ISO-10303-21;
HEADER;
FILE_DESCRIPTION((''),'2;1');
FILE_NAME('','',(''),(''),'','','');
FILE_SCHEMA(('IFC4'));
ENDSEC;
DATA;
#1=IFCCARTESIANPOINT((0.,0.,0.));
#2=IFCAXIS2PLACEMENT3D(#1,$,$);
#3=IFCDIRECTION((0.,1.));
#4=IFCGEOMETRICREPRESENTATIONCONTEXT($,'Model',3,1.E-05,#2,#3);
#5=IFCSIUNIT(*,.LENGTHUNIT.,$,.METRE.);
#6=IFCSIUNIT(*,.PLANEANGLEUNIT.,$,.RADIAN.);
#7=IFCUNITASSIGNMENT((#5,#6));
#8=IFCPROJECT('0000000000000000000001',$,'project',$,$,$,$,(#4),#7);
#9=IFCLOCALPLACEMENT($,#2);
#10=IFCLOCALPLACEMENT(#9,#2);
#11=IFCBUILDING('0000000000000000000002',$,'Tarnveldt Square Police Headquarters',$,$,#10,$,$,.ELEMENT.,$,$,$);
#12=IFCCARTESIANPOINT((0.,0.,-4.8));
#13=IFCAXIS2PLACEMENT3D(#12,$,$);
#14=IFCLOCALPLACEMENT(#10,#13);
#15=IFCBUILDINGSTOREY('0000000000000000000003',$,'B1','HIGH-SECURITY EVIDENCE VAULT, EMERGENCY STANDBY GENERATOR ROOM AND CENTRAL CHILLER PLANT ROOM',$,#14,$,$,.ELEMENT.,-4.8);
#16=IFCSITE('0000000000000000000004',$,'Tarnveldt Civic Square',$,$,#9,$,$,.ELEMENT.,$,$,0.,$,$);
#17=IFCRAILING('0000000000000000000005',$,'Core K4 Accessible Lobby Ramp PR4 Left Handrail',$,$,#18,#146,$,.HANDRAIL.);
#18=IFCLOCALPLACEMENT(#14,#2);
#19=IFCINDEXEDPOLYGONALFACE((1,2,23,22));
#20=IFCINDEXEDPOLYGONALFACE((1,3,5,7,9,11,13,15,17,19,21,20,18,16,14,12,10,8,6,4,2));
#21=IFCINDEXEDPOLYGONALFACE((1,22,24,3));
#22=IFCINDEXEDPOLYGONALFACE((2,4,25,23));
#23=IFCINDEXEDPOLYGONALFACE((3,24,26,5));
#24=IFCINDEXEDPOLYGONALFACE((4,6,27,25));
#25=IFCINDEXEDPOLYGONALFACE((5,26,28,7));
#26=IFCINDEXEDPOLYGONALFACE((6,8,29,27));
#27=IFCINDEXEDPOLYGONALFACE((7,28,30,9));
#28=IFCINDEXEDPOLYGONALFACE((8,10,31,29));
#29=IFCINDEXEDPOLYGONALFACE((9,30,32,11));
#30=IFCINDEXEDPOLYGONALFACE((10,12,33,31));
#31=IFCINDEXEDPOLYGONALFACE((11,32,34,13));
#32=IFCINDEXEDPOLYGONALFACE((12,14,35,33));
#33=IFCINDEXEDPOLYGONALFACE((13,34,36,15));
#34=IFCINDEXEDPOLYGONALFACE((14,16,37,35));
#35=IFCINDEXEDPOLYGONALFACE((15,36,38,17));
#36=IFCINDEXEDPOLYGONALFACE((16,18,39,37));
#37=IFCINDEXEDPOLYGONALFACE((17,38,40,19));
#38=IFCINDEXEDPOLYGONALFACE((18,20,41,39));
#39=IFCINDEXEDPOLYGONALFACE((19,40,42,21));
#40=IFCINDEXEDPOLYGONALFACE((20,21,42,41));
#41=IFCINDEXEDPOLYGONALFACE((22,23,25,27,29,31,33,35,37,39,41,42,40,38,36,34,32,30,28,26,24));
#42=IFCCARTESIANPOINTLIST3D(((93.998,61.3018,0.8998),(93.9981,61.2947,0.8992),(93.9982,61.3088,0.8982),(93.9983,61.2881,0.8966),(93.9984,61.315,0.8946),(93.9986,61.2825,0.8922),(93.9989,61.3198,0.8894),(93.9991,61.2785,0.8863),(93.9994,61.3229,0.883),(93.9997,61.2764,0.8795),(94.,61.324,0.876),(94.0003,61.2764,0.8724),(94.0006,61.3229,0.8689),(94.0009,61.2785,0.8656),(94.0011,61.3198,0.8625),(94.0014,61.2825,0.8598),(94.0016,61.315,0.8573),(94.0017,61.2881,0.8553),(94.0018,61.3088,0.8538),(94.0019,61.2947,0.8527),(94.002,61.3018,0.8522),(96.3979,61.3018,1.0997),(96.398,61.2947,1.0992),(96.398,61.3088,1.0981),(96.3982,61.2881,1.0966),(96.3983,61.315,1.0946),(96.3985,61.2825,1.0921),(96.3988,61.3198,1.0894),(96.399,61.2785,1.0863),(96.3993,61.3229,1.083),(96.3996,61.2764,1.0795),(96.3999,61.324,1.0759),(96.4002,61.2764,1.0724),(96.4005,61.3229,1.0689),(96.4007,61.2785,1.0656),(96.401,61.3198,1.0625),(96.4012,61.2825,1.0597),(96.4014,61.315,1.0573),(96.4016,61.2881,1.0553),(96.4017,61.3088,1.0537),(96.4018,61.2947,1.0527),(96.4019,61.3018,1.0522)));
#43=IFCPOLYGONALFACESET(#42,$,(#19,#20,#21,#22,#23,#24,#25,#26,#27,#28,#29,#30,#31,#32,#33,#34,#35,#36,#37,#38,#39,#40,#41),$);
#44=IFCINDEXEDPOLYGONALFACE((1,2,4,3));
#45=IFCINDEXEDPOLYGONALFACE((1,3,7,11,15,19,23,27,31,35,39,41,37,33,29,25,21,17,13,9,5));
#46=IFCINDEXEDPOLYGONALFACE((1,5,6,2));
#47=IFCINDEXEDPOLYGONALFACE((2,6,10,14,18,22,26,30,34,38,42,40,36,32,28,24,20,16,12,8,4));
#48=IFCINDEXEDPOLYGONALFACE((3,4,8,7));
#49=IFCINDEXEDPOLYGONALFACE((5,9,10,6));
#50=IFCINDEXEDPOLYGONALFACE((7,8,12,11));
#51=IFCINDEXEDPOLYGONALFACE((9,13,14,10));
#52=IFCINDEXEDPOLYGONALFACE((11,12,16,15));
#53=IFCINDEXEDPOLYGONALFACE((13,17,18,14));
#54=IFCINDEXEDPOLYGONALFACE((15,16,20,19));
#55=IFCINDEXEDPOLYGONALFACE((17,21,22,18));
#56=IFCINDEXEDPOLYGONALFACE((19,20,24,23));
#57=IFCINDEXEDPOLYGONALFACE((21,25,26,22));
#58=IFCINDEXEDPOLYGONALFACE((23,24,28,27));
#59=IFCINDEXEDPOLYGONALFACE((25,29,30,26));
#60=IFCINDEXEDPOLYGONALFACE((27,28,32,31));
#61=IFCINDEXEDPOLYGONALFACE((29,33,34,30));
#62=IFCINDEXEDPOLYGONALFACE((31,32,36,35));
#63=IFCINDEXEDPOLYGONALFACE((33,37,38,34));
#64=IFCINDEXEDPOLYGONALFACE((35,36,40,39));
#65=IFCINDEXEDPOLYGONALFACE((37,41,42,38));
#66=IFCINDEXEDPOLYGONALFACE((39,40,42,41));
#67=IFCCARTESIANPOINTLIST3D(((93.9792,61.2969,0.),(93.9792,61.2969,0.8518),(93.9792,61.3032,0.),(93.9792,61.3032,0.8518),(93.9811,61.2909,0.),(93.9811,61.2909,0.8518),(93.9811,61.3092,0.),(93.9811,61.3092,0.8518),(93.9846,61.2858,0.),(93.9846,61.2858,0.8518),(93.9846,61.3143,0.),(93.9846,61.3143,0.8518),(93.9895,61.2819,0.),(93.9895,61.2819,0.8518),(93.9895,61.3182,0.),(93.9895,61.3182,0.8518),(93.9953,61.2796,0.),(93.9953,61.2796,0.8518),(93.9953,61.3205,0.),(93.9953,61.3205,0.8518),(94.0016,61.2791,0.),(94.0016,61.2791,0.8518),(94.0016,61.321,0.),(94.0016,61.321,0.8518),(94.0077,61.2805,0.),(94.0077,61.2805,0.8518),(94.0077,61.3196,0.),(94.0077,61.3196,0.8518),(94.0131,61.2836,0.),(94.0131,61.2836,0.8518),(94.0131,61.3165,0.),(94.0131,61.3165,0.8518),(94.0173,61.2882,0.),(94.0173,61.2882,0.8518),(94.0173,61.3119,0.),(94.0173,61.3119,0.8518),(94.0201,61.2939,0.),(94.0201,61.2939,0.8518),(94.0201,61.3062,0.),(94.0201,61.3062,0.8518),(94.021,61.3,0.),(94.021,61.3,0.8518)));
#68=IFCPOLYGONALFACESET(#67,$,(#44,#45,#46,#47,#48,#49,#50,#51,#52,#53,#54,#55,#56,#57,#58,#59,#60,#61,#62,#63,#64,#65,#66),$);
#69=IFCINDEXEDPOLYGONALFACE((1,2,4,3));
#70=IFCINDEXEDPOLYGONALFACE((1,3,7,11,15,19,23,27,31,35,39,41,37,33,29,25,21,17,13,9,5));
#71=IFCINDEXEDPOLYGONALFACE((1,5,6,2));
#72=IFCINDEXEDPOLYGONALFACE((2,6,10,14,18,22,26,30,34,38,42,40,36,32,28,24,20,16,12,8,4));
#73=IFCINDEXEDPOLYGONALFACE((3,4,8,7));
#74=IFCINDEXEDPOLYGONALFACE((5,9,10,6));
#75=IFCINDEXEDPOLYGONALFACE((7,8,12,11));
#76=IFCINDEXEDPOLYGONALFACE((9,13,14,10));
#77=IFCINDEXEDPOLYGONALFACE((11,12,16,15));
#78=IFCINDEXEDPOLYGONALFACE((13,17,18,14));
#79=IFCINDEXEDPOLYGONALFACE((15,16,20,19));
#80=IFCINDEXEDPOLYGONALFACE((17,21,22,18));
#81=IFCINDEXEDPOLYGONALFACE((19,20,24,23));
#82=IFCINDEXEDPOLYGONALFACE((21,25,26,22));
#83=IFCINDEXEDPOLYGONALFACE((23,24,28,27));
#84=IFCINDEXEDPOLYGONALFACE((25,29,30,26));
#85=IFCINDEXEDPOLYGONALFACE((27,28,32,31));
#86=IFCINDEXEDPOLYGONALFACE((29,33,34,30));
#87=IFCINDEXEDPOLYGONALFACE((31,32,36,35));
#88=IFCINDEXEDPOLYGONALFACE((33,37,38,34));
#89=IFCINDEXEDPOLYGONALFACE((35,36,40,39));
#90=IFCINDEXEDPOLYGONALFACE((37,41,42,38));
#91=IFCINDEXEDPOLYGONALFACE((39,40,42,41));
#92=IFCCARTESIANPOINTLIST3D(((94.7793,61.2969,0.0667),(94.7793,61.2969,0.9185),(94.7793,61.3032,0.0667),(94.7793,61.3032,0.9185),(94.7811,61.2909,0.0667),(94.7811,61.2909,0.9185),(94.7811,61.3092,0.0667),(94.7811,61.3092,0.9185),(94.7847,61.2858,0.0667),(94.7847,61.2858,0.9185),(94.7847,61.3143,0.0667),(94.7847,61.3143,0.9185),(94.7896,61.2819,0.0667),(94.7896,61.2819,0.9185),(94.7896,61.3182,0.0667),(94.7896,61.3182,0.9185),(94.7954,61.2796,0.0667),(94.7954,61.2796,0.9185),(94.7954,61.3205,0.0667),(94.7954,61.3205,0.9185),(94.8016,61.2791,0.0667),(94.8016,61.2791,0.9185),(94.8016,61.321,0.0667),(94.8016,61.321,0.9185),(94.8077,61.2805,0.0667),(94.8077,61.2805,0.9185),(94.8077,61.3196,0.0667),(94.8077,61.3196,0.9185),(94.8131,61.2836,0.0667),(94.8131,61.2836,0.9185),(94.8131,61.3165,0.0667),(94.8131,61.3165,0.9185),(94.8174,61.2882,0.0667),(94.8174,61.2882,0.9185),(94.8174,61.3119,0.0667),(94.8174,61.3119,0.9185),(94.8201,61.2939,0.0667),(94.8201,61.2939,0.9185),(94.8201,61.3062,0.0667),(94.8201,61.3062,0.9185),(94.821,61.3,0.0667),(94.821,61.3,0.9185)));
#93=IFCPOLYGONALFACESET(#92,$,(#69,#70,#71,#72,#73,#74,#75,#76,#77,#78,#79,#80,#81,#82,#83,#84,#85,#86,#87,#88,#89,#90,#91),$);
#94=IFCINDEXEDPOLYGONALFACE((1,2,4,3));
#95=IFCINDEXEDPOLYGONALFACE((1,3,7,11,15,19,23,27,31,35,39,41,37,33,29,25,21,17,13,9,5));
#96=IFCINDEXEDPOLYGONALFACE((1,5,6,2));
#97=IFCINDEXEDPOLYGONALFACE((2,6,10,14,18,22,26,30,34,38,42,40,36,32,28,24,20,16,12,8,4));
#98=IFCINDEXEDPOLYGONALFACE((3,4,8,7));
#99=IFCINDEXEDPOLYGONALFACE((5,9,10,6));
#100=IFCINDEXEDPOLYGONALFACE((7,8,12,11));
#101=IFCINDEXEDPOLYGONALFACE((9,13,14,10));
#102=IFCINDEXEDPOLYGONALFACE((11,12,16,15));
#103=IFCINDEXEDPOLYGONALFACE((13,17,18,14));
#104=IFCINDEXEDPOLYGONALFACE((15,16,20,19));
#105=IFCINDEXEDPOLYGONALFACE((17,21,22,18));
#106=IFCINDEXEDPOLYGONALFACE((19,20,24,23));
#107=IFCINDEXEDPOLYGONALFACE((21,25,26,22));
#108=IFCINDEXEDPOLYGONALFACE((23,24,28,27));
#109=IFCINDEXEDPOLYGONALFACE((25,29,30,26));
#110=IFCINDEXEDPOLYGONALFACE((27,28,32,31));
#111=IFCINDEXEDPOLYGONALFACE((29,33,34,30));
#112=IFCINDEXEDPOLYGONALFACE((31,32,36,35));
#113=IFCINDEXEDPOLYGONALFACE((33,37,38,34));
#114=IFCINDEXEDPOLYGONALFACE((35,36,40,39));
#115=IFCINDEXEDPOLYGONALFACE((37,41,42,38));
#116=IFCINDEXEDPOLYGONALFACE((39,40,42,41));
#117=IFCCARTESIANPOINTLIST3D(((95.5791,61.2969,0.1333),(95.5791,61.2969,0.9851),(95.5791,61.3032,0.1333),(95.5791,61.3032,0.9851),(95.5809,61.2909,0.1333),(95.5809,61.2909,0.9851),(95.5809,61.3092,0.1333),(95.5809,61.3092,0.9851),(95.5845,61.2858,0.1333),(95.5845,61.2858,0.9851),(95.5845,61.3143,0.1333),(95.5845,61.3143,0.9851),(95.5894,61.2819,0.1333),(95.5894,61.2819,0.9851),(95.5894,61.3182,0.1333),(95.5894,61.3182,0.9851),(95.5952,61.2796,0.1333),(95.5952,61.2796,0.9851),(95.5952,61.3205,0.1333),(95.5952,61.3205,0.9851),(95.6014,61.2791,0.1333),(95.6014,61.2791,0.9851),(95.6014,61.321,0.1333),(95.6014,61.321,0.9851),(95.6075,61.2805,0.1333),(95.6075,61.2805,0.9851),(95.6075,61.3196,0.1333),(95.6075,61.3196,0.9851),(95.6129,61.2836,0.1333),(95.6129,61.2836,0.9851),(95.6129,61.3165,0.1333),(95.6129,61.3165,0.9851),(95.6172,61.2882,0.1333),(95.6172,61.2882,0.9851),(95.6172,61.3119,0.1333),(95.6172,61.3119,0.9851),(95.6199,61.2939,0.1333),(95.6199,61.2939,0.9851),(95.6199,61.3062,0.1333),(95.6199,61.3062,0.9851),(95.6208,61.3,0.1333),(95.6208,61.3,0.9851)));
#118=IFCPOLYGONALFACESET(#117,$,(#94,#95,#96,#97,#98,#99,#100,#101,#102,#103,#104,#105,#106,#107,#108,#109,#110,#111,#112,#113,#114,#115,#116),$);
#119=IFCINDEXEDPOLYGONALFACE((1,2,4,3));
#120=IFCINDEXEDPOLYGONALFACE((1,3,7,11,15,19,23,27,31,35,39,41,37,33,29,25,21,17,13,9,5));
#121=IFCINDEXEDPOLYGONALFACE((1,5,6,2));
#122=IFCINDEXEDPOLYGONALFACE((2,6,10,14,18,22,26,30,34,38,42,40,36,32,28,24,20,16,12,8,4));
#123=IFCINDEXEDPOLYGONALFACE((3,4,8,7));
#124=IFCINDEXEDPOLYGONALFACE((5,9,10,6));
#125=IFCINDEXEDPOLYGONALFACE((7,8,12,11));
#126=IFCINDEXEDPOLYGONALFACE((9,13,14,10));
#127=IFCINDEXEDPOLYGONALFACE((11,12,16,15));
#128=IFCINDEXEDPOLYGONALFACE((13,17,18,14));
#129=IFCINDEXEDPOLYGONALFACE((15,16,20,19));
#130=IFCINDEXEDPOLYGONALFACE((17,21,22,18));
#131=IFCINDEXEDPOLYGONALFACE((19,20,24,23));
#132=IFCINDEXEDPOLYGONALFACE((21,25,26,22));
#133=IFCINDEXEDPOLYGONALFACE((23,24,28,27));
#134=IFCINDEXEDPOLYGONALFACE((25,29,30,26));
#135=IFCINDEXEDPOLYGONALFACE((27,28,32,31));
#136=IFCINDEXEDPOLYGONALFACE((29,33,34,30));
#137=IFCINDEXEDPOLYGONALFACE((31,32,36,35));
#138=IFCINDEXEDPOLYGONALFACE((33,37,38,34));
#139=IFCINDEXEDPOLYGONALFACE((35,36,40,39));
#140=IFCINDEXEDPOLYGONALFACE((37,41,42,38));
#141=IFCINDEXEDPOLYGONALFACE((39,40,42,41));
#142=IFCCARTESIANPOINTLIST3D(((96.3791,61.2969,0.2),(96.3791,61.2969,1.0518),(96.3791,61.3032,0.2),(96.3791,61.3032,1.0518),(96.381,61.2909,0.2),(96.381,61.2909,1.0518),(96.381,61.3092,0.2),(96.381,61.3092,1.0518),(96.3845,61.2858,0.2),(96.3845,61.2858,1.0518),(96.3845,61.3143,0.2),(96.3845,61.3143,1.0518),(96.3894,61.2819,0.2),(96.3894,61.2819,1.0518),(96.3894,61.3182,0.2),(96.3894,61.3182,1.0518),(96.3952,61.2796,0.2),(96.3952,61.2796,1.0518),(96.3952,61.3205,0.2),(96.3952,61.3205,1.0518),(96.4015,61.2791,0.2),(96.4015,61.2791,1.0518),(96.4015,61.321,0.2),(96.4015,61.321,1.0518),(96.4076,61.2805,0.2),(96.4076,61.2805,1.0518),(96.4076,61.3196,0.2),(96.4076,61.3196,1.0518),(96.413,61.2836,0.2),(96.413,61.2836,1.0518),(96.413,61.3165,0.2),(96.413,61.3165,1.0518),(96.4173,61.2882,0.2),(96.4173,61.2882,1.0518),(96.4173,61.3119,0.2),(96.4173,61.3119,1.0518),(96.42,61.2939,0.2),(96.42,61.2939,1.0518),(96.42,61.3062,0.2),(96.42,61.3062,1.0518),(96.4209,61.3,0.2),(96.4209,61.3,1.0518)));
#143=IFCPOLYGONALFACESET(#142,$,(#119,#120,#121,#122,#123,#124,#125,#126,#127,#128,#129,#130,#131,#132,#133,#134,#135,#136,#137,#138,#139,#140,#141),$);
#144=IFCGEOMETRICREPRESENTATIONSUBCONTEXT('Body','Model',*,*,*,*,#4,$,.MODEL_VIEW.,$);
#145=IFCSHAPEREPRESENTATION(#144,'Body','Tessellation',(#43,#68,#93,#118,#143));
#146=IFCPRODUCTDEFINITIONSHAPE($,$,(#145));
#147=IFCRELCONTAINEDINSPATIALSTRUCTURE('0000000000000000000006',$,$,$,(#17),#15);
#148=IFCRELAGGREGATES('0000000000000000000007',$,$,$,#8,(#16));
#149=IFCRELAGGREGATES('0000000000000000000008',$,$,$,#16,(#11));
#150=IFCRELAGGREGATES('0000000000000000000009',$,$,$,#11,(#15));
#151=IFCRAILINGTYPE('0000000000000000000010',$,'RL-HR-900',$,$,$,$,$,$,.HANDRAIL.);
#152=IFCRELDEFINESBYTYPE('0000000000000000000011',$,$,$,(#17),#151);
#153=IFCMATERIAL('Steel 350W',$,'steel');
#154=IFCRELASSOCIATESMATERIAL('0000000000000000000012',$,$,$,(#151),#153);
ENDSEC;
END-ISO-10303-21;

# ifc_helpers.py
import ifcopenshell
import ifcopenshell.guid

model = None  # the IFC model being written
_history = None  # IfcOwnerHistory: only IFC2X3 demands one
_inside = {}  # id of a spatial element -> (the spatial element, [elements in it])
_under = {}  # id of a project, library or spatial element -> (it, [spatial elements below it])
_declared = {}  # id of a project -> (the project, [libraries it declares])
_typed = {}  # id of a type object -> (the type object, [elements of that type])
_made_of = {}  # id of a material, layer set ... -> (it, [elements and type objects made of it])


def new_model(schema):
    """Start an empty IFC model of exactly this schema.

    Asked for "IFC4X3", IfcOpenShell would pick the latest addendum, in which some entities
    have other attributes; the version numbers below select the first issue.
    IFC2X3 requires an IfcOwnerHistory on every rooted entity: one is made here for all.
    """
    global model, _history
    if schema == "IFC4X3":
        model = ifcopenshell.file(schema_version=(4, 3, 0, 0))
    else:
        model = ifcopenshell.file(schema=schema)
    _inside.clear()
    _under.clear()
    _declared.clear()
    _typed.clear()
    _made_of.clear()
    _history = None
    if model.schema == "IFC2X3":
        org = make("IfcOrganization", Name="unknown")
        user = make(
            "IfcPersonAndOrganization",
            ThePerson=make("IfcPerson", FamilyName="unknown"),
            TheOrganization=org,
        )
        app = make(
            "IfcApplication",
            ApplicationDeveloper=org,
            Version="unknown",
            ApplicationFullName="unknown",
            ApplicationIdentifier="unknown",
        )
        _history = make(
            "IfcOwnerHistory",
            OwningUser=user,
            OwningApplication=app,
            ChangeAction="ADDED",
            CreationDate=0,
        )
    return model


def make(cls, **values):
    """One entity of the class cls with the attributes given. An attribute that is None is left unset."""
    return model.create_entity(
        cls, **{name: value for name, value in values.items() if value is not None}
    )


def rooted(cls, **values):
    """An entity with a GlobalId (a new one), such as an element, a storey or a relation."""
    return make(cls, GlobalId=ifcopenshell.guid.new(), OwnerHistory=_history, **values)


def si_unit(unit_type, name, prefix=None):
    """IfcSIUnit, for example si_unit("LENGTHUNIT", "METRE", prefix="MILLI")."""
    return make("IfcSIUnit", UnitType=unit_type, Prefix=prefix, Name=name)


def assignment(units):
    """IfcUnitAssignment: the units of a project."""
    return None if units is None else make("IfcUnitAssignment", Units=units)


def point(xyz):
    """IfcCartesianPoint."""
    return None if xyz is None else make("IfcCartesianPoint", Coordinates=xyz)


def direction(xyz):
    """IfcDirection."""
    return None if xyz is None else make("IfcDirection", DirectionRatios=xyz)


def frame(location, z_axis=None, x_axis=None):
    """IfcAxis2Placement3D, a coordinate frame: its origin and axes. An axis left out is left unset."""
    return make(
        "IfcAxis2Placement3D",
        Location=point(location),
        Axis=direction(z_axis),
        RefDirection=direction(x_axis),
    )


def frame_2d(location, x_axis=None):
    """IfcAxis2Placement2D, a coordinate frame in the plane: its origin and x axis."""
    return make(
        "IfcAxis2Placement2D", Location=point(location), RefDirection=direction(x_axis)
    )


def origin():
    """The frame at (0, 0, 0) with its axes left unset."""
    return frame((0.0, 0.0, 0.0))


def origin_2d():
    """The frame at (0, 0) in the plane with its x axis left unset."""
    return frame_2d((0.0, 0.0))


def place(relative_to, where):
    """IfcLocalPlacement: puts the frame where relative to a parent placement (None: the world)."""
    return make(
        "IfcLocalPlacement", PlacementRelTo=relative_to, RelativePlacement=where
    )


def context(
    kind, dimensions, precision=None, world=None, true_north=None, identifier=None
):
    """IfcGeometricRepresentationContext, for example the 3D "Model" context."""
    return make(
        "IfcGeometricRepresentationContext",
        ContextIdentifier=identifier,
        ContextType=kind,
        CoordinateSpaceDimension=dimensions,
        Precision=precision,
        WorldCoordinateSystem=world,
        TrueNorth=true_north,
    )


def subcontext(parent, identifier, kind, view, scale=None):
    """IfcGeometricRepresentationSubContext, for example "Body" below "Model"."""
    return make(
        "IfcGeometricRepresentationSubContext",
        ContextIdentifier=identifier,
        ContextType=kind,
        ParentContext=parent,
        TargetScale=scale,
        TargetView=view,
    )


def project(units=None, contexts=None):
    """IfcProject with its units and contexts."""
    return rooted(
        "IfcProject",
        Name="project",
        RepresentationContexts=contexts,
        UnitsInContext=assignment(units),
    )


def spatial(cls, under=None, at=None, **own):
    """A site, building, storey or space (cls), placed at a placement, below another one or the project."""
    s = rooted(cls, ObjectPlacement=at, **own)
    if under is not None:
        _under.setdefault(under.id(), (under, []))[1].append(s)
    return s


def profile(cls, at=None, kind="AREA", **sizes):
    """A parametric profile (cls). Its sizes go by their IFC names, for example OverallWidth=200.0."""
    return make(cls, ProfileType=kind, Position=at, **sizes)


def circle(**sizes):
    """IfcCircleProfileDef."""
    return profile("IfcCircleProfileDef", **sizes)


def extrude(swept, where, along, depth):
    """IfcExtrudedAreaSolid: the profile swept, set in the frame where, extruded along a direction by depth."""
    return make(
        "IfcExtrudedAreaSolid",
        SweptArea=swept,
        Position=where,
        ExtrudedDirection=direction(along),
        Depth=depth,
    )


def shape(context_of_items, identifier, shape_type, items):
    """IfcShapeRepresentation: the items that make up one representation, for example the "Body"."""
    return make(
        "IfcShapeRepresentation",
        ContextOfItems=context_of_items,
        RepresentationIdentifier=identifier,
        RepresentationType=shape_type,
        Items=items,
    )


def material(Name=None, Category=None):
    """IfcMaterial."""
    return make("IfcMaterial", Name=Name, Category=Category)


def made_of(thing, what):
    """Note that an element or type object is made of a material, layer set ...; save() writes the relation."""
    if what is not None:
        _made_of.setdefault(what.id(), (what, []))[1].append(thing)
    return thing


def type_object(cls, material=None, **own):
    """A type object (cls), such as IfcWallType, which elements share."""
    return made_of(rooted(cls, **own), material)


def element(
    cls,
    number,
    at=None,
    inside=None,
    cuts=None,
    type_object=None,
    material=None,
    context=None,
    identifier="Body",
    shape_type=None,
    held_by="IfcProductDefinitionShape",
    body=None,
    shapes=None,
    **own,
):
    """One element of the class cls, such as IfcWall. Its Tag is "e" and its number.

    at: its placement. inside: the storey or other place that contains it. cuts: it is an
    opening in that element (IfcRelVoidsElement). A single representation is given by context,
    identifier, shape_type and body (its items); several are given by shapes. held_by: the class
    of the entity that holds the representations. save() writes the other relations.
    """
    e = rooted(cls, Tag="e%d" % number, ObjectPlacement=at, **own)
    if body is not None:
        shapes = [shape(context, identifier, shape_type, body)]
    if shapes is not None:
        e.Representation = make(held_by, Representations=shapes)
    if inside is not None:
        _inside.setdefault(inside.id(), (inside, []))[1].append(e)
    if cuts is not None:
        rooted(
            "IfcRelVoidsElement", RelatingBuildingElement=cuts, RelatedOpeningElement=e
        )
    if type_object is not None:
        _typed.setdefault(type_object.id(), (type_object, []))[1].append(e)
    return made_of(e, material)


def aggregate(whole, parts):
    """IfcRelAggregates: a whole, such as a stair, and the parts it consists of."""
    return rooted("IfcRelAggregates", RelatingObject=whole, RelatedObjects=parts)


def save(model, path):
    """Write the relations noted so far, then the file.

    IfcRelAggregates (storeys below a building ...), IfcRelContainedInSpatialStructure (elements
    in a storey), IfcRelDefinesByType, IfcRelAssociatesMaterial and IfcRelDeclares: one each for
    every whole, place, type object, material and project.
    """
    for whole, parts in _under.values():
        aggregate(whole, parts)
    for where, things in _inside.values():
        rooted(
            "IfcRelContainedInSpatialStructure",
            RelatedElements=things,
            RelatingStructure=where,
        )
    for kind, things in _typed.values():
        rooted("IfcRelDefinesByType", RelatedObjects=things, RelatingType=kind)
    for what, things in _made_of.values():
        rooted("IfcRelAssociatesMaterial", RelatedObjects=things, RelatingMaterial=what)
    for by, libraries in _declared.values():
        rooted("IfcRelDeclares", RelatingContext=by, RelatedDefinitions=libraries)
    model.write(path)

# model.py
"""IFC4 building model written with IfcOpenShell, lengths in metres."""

from ifc_helpers import new_model, si_unit, direction, frame, origin, origin_2d, place, context, subcontext, project, spatial, circle, extrude, material, type_object, element, save


model = new_model("IFC4")

# Units and contexts
model_context = context("Model", 3, precision=1e-05, world=origin(), true_north=direction((0.0, 1.0)))
body_context = subcontext(model_context, "Body", "Model", "MODEL_VIEW")
ifc_project = project(units=[si_unit("LENGTHUNIT", "METRE"), si_unit("PLANEANGLEUNIT", "RADIAN")], contexts=[model_context])

# Site, building, storey
site_placement = place(None, origin())
site = spatial("IfcSite", under=ifc_project, at=site_placement, Name="Tarnveldt Civic Square", CompositionType="ELEMENT", RefElevation=0.0)
building_placement = place(site_placement, origin())
building = spatial("IfcBuilding", under=site, at=building_placement, Name="Tarnveldt Square Police Headquarters", CompositionType="ELEMENT")
storey_placement = place(building_placement, frame((0.0, 0.0, -4.8)))
storey = spatial("IfcBuildingStorey", under=building, at=storey_placement, Name="B1", Description="HIGH-SECURITY EVIDENCE VAULT, EMERGENCY STANDBY GENERATOR ROOM AND CENTRAL CHILLER PLANT ROOM", CompositionType="ELEMENT", Elevation=-4.8)

# Shared definitions
ifc_material_1 = material(Name="Steel 350W", Category="steel")

# Railing
railing_type = type_object("IfcRailingType", Name="RL-HR-900", PredefinedType="HANDRAIL", material=ifc_material_1)
railing_placement = place(storey_placement, frame((94.0, 61.3, 0.0)))
element("IfcRailing", 1, at=railing_placement, inside=storey, type_object=railing_type, Name="Core K4 Accessible Lobby Ramp PR4 Left Handrail", PredefinedType="HANDRAIL", context=body_context, shape_type="SweptSolid", body=[
    extrude(circle(Radius=0.0239, at=origin_2d()), frame((0.0, 0.0, 0.876), z_axis=(0.996547, 0.0, 0.083029), x_axis=(0.0, 1.0, 0.0)), (0.0, 0.0, 1.0), 2.4082),
    extrude(circle(Radius=0.021, at=origin_2d()), origin(), (0.0, 0.0, 1.0), 0.8518),
    extrude(circle(Radius=0.021, at=origin_2d()), frame((0.8, 0.0, 0.0667)), (0.0, 0.0, 1.0), 0.8518),
    extrude(circle(Radius=0.021, at=origin_2d()), frame((1.5999, 0.0, 0.1333)), (0.0, 0.0, 1.0), 0.8518),
    extrude(circle(Radius=0.021, at=origin_2d()), frame((2.3999, 0.0, 0.2)), (0.0, 0.0, 1.0), 0.8518),
])

save(model, "model.ifc")
